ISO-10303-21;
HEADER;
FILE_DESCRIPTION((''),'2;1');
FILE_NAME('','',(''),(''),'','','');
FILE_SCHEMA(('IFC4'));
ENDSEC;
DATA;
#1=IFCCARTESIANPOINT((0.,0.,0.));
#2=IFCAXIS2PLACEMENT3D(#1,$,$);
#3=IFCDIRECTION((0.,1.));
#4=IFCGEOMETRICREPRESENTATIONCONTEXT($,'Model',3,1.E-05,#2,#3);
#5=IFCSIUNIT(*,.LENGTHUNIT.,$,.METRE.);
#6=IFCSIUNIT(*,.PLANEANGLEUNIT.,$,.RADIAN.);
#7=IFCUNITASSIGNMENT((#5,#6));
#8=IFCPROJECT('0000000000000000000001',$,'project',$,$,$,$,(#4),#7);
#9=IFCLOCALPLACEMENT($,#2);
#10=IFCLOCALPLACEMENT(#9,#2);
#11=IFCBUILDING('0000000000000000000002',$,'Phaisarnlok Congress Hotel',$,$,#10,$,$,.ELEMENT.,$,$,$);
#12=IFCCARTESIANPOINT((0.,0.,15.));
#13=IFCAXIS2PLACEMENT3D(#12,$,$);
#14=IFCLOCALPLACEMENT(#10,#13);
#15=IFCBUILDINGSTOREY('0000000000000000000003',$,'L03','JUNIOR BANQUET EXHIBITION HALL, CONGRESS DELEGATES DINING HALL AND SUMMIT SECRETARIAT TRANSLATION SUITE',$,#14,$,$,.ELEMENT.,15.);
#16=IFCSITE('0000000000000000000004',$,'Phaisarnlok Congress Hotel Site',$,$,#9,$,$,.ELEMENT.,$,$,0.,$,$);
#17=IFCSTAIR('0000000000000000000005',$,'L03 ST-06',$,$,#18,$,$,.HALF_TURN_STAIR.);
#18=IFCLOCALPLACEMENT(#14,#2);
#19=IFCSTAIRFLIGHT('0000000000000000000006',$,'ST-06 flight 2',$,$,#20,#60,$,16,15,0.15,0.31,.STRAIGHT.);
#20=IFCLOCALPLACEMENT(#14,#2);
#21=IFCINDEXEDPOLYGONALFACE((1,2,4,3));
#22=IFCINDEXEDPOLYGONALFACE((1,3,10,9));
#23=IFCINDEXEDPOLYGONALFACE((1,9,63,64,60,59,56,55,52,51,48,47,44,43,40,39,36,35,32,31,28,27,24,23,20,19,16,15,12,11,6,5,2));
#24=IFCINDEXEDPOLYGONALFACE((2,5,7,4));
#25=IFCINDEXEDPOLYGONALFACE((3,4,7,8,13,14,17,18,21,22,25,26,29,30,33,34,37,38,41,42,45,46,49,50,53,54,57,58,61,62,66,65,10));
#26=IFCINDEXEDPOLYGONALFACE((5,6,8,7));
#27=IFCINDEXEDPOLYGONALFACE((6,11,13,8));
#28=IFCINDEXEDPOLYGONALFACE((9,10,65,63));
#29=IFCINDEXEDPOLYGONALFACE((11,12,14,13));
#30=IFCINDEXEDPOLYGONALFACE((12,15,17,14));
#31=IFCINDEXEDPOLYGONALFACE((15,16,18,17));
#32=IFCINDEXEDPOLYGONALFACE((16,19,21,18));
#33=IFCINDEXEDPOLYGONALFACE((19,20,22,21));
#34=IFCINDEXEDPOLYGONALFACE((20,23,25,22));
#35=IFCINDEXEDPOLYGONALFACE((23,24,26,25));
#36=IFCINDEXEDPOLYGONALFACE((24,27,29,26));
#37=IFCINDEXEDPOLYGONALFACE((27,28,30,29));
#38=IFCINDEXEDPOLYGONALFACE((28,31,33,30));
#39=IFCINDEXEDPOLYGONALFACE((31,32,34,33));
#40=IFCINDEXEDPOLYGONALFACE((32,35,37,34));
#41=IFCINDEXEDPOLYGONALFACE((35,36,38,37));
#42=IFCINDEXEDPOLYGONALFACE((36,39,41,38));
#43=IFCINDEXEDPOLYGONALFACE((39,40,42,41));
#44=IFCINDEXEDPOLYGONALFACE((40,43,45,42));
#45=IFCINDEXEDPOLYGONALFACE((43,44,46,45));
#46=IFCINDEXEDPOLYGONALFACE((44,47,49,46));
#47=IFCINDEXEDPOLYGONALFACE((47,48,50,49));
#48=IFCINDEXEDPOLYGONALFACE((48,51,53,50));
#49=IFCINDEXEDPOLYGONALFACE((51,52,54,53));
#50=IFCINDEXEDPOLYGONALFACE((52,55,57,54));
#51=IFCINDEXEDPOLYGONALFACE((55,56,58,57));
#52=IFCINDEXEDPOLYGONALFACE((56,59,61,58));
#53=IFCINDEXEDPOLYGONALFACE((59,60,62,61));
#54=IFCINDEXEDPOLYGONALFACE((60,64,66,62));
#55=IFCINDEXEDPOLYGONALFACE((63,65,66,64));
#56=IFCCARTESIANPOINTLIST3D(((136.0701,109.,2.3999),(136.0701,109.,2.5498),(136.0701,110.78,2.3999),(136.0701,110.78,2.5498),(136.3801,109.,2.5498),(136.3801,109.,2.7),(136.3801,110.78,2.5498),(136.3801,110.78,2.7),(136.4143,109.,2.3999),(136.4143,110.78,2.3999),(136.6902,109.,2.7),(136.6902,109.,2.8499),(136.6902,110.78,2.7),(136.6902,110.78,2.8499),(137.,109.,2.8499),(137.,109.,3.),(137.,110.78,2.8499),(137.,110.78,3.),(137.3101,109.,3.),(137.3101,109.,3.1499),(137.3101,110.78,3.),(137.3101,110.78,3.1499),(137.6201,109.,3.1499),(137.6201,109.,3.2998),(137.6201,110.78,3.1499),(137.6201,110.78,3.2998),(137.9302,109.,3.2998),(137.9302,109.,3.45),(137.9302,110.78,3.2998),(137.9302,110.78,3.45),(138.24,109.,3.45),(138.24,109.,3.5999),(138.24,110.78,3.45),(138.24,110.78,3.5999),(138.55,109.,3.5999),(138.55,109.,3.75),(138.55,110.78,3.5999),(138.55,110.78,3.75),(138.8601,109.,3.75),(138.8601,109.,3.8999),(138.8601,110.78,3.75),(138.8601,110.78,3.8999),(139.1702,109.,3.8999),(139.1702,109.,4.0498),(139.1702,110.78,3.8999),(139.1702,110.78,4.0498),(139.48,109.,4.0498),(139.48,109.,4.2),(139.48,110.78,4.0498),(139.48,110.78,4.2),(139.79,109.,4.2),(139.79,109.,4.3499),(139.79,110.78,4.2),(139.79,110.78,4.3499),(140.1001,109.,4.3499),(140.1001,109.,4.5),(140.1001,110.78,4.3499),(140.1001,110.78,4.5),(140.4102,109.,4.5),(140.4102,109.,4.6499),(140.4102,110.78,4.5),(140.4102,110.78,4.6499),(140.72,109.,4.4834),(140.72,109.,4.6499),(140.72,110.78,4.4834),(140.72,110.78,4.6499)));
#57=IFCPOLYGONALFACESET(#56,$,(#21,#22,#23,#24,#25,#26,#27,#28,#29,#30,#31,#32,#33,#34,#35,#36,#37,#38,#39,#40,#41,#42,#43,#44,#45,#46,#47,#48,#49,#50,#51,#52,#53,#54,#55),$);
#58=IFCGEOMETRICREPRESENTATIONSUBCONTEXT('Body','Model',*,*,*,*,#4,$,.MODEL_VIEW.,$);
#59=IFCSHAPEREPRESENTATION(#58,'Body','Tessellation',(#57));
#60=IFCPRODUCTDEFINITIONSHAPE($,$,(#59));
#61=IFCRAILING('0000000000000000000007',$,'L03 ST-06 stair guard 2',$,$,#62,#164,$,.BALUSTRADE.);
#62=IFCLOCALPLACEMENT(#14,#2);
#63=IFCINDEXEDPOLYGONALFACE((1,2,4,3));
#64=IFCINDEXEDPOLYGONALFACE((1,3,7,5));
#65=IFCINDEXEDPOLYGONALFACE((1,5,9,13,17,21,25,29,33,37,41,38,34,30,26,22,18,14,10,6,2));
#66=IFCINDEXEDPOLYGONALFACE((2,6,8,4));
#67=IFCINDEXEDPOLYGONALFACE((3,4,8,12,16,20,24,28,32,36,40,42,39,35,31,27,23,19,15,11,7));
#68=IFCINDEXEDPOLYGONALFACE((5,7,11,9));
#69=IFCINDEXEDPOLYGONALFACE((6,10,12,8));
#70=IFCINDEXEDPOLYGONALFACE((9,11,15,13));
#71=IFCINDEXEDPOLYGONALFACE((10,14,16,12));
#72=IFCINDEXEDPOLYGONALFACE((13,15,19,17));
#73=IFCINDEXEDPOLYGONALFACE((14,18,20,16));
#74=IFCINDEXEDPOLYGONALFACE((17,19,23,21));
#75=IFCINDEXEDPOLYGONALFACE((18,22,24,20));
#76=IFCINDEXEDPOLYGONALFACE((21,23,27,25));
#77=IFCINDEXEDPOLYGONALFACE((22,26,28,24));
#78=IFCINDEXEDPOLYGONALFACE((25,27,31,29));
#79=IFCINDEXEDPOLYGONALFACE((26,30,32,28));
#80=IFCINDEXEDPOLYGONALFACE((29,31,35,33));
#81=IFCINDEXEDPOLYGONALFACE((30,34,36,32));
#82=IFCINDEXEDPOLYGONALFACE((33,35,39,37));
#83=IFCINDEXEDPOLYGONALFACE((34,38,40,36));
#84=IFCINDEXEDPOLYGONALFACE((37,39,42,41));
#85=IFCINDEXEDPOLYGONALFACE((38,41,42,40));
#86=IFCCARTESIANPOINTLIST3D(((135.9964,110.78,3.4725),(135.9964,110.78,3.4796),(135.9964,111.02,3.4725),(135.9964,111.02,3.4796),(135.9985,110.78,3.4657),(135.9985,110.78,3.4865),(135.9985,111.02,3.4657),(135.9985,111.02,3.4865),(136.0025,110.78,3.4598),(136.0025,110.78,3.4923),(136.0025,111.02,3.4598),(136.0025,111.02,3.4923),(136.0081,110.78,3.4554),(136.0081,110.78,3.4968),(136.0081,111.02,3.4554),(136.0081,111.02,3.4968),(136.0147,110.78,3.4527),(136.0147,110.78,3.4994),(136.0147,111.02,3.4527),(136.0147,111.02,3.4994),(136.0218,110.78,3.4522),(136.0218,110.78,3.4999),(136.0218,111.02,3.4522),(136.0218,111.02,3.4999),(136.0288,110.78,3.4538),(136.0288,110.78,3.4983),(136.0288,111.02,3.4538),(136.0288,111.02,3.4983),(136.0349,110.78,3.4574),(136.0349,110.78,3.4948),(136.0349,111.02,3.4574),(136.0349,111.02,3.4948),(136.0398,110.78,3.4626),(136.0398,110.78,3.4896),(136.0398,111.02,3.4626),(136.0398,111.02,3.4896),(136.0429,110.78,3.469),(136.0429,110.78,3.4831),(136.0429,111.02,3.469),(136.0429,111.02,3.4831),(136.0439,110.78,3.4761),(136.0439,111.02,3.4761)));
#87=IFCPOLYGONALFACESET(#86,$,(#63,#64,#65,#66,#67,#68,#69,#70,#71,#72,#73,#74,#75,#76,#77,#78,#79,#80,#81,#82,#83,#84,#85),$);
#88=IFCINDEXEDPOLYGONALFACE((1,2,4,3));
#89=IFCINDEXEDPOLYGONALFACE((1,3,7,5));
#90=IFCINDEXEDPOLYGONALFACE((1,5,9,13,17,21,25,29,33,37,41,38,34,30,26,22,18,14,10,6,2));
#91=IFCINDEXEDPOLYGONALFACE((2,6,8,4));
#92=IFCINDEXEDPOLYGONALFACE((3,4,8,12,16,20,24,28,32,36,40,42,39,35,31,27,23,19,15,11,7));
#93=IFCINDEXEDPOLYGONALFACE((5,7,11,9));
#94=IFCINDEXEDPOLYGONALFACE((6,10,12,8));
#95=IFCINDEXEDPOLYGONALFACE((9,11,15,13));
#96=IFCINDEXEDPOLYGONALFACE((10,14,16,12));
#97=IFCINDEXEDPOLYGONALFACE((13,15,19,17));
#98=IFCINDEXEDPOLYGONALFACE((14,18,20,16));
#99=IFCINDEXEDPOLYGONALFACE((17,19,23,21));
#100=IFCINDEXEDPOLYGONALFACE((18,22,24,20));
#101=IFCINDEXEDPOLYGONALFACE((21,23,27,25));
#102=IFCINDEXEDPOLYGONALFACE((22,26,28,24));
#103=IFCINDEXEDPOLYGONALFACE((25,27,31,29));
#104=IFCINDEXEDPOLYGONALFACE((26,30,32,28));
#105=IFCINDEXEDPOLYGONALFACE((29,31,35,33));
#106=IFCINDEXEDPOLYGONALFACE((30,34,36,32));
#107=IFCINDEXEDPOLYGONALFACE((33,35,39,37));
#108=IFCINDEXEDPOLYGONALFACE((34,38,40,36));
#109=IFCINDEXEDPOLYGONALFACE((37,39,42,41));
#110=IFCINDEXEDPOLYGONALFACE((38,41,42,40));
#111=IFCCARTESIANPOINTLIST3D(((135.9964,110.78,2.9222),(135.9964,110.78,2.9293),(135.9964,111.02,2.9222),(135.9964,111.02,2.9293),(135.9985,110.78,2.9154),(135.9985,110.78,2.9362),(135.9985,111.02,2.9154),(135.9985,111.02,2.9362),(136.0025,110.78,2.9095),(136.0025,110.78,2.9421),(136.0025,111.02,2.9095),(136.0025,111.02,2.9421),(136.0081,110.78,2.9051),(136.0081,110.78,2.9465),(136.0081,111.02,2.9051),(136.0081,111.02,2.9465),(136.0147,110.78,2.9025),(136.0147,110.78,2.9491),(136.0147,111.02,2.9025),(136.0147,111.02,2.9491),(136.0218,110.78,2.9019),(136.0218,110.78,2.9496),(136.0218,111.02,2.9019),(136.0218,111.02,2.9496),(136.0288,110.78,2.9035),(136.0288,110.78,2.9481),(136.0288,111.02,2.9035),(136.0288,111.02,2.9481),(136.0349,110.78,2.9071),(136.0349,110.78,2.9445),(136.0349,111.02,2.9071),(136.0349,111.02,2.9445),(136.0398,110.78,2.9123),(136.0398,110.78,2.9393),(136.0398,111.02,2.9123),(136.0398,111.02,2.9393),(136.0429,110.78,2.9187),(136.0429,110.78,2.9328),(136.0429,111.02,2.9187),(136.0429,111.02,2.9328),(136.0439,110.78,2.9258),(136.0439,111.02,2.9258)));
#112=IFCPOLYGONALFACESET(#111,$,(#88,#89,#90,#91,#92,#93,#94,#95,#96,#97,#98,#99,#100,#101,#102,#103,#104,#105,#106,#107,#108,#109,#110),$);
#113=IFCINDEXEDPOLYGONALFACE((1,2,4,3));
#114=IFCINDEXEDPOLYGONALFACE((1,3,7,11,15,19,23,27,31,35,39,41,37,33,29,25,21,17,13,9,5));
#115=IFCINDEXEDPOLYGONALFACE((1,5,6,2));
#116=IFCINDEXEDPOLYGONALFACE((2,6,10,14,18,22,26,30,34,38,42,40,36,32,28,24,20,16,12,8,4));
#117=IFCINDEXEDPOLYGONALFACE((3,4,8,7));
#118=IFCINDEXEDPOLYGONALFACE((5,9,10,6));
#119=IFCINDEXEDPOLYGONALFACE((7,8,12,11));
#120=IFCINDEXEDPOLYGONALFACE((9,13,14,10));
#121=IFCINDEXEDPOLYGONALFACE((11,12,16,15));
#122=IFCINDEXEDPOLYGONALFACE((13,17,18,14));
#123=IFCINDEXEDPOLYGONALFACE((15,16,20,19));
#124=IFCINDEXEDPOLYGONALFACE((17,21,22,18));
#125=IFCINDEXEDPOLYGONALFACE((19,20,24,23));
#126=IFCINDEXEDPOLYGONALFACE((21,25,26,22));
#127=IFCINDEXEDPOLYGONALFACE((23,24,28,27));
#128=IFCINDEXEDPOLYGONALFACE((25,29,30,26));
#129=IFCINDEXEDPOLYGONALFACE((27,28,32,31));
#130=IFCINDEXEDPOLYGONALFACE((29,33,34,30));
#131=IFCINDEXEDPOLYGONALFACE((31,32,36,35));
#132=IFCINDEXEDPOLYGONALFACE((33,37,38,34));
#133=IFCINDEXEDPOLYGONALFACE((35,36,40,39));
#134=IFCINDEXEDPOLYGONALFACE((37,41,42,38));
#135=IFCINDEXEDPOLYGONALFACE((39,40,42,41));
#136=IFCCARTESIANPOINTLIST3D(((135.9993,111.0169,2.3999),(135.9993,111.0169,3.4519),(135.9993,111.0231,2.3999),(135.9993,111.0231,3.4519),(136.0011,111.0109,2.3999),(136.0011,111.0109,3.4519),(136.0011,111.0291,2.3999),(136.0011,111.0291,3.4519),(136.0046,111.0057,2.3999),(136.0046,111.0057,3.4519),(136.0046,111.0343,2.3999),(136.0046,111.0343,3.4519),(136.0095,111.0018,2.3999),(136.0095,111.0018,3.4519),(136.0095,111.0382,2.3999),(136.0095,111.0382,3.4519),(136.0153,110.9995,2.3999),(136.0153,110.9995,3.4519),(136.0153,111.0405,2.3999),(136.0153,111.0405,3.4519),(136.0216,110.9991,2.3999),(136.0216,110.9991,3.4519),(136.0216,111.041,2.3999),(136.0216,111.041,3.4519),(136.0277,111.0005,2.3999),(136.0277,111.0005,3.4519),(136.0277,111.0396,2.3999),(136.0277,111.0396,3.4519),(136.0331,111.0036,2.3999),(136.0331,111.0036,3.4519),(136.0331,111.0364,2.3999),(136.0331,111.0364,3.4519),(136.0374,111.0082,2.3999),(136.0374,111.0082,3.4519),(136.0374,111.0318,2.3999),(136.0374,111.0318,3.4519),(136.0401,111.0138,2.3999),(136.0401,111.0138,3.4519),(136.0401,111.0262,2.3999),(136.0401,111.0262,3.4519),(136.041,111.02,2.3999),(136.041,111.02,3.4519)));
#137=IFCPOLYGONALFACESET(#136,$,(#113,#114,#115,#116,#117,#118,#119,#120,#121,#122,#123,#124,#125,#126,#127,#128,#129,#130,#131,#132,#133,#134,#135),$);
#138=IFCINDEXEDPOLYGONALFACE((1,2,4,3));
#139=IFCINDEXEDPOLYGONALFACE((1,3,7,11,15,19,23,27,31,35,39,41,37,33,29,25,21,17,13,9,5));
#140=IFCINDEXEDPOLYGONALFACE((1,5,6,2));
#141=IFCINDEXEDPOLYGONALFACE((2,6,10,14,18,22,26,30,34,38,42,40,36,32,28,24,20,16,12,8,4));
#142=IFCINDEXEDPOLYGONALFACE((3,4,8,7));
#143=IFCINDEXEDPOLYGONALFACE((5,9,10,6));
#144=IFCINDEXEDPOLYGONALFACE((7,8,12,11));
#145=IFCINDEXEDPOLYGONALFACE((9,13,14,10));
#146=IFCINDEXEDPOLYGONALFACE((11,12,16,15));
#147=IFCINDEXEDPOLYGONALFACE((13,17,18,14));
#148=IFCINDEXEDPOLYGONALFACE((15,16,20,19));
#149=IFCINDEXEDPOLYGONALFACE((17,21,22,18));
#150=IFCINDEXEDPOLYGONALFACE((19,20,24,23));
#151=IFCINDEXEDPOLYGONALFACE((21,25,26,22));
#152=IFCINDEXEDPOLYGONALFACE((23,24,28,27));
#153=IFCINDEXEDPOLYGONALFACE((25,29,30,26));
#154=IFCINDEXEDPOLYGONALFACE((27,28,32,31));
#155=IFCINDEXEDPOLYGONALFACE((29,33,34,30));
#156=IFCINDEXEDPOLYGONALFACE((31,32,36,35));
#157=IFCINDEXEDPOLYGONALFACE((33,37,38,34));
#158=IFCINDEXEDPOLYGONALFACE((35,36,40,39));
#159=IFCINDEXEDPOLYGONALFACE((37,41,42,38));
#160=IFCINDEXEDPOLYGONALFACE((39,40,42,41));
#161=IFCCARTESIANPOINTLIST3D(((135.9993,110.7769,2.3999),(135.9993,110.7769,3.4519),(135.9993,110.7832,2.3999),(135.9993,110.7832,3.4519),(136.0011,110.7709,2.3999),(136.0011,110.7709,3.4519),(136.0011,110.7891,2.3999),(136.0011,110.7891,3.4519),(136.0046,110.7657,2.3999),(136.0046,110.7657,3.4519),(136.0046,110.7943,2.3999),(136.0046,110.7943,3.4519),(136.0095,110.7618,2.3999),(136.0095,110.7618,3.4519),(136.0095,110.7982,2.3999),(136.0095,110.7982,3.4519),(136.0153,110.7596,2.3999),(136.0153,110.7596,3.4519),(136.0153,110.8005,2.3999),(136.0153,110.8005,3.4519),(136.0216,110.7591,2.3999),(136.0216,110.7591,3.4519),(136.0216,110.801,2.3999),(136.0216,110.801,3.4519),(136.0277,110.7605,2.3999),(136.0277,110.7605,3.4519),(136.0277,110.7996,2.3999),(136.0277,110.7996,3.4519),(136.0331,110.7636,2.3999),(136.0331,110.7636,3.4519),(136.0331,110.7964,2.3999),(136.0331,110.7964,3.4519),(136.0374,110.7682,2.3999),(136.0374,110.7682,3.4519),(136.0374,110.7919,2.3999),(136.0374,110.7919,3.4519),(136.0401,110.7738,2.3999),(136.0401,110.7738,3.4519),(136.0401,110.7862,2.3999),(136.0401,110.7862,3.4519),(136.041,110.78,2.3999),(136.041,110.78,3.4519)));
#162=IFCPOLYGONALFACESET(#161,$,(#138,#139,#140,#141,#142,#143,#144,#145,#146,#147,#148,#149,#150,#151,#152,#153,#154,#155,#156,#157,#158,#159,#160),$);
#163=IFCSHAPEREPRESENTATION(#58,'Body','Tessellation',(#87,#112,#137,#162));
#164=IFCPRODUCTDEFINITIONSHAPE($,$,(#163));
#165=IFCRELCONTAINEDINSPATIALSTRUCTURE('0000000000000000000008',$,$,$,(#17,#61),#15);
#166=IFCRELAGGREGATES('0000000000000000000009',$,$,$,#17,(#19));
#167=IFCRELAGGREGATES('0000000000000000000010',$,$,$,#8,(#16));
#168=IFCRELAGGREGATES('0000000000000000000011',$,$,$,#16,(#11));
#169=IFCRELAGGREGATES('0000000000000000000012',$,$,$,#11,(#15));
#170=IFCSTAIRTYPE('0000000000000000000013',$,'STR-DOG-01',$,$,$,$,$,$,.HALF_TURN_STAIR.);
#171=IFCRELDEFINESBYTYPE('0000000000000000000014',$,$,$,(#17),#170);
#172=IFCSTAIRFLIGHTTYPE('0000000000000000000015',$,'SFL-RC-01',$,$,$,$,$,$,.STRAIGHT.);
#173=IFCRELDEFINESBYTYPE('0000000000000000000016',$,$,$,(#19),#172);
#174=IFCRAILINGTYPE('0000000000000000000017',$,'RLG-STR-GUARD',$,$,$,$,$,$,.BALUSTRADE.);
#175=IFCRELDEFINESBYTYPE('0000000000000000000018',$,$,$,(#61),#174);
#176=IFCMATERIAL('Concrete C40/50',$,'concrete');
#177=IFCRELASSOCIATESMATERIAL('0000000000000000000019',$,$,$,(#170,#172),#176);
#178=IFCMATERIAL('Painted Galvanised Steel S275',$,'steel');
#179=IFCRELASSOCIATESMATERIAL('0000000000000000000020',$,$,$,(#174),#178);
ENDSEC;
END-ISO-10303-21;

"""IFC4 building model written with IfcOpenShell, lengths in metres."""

from ifc_helpers import new_model, si_unit, direction, frame, origin, origin_2d, place, context, subcontext, project, spatial, polyline, circle, outline, extrude, material, type_object, element, aggregate, save


model = new_model("IFC4")

# Units and contexts
model_context = context("Model", 3, precision=1e-05, world=origin(), true_north=direction((0.0, 1.0)))
body_context = subcontext(model_context, "Body", "Model", "MODEL_VIEW")
ifc_project = project(units=[si_unit("LENGTHUNIT", "METRE"), si_unit("PLANEANGLEUNIT", "RADIAN")], contexts=[model_context])

# Site, building, storey
site_placement = place(None, origin())
site = spatial("IfcSite", under=ifc_project, at=site_placement, Name="Phaisarnlok Congress Hotel Site", CompositionType="ELEMENT", RefElevation=0.0)
building_placement = place(site_placement, origin())
building = spatial("IfcBuilding", under=site, at=building_placement, Name="Phaisarnlok Congress Hotel", CompositionType="ELEMENT")
storey_placement = place(building_placement, frame((0.0, 0.0, 15.0)))
storey = spatial("IfcBuildingStorey", under=building, at=storey_placement, Name="L03", Description="JUNIOR BANQUET EXHIBITION HALL, CONGRESS DELEGATES DINING HALL AND SUMMIT SECRETARIAT TRANSLATION SUITE", CompositionType="ELEMENT", Elevation=15.0)

# Shared definitions
ifc_material_1 = material(Name="Concrete C40/50", Category="concrete")

# Stair, stair flight
stair_type = type_object("IfcStairType", Name="STR-DOG-01", PredefinedType="HALF_TURN_STAIR", material=ifc_material_1)
stair_placement = place(storey_placement, origin())
stair = element("IfcStair", 1, at=stair_placement, inside=storey, type_object=stair_type, Name="L03 ST-06", PredefinedType="HALF_TURN_STAIR")
stair_flight_type = type_object("IfcStairFlightType", Name="SFL-RC-01", PredefinedType="STRAIGHT", material=ifc_material_1)
stair_flight_placement = place(storey_placement, frame((136.0701, 109.8899, 2.3999), z_axis=(0.0, 0.0, 1.0), x_axis=(1.0, 0.0, 0.0)))
stair_flight = element("IfcStairFlight", 2, at=stair_flight_placement, type_object=stair_flight_type, Name="ST-06 flight 2", NumberOfRisers=16, NumberOfTreads=15, PredefinedType="STRAIGHT", RiserHeight=0.15, TreadLength=0.31, context=body_context, shape_type="SweptSolid", body=[
    extrude(outline(polyline([(0.0, 0.0), (0.0, 0.1499), (0.3101, 0.1499), (0.3101, 0.3), (0.6201, 0.3), (0.6201, 0.45), (0.9299, 0.45), (0.9299, 0.6001), (1.24, 0.6001), (1.24, 0.75), (1.55, 0.75), (1.55, 0.8999), (1.8601, 0.8999), (1.8601, 1.05), (2.1699, 1.05), (2.1699, 1.2), (2.48, 1.2), (2.48, 1.3501), (2.79, 1.3501), (2.79, 1.5), (3.1001, 1.5), (3.1001, 1.6499), (3.4099, 1.6499), (3.4099, 1.8), (3.72, 1.8), (3.72, 1.95), (4.03, 1.95), (4.03, 2.1001), (4.3401, 2.1001), (4.3401, 2.25), (4.6499, 2.25), (4.6499, 2.3999), (4.6499, 2.0835), (0.3442, 0.0), (0.0, 0.0)])), frame((0.0, 0.8901, 0.0), z_axis=(0.0, -1.0, 0.0), x_axis=(1.0, 0.0, 0.0)), (0.0, 0.0, 1.0), 1.78),
])
aggregate(stair, [stair_flight])

# Railing
ifc_material_2 = material(Name="Painted Galvanised Steel S275", Category="steel")
railing_type_1 = type_object("IfcRailingType", Name="RLG-STR-GUARD", PredefinedType="BALUSTRADE", material=ifc_material_2)
railing_1_placement = place(storey_placement, frame((136.02, 111.02, 2.3999)))
element("IfcRailing", 3, at=railing_1_placement, inside=storey, type_object=railing_type_1, Name="L03 ST-06 stair guard 2", PredefinedType="BALUSTRADE", context=body_context, shape_type="SweptSolid", body=[
    extrude(circle(Radius=0.0239, at=origin_2d()), frame((0.0, 0.0, 1.0762), z_axis=(0.0, -1.0, 0.0), x_axis=(1.0, 0.0, 0.0)), (0.0, 0.0, 1.0), 0.24),
    extrude(circle(Radius=0.0239, at=origin_2d()), frame((0.0, 0.0, 0.5259), z_axis=(0.0, -1.0, 0.0), x_axis=(1.0, 0.0, 0.0)), (0.0, 0.0, 1.0), 0.24),
    extrude(circle(Radius=0.021, at=origin_2d()), origin(), (0.0, 0.0, 1.0), 1.052),
    extrude(circle(Radius=0.021, at=origin_2d()), frame((0.0, -0.24, 0.0)), (0.0, 0.0, 1.0), 1.052),
])

save(model, "model.ifc")
